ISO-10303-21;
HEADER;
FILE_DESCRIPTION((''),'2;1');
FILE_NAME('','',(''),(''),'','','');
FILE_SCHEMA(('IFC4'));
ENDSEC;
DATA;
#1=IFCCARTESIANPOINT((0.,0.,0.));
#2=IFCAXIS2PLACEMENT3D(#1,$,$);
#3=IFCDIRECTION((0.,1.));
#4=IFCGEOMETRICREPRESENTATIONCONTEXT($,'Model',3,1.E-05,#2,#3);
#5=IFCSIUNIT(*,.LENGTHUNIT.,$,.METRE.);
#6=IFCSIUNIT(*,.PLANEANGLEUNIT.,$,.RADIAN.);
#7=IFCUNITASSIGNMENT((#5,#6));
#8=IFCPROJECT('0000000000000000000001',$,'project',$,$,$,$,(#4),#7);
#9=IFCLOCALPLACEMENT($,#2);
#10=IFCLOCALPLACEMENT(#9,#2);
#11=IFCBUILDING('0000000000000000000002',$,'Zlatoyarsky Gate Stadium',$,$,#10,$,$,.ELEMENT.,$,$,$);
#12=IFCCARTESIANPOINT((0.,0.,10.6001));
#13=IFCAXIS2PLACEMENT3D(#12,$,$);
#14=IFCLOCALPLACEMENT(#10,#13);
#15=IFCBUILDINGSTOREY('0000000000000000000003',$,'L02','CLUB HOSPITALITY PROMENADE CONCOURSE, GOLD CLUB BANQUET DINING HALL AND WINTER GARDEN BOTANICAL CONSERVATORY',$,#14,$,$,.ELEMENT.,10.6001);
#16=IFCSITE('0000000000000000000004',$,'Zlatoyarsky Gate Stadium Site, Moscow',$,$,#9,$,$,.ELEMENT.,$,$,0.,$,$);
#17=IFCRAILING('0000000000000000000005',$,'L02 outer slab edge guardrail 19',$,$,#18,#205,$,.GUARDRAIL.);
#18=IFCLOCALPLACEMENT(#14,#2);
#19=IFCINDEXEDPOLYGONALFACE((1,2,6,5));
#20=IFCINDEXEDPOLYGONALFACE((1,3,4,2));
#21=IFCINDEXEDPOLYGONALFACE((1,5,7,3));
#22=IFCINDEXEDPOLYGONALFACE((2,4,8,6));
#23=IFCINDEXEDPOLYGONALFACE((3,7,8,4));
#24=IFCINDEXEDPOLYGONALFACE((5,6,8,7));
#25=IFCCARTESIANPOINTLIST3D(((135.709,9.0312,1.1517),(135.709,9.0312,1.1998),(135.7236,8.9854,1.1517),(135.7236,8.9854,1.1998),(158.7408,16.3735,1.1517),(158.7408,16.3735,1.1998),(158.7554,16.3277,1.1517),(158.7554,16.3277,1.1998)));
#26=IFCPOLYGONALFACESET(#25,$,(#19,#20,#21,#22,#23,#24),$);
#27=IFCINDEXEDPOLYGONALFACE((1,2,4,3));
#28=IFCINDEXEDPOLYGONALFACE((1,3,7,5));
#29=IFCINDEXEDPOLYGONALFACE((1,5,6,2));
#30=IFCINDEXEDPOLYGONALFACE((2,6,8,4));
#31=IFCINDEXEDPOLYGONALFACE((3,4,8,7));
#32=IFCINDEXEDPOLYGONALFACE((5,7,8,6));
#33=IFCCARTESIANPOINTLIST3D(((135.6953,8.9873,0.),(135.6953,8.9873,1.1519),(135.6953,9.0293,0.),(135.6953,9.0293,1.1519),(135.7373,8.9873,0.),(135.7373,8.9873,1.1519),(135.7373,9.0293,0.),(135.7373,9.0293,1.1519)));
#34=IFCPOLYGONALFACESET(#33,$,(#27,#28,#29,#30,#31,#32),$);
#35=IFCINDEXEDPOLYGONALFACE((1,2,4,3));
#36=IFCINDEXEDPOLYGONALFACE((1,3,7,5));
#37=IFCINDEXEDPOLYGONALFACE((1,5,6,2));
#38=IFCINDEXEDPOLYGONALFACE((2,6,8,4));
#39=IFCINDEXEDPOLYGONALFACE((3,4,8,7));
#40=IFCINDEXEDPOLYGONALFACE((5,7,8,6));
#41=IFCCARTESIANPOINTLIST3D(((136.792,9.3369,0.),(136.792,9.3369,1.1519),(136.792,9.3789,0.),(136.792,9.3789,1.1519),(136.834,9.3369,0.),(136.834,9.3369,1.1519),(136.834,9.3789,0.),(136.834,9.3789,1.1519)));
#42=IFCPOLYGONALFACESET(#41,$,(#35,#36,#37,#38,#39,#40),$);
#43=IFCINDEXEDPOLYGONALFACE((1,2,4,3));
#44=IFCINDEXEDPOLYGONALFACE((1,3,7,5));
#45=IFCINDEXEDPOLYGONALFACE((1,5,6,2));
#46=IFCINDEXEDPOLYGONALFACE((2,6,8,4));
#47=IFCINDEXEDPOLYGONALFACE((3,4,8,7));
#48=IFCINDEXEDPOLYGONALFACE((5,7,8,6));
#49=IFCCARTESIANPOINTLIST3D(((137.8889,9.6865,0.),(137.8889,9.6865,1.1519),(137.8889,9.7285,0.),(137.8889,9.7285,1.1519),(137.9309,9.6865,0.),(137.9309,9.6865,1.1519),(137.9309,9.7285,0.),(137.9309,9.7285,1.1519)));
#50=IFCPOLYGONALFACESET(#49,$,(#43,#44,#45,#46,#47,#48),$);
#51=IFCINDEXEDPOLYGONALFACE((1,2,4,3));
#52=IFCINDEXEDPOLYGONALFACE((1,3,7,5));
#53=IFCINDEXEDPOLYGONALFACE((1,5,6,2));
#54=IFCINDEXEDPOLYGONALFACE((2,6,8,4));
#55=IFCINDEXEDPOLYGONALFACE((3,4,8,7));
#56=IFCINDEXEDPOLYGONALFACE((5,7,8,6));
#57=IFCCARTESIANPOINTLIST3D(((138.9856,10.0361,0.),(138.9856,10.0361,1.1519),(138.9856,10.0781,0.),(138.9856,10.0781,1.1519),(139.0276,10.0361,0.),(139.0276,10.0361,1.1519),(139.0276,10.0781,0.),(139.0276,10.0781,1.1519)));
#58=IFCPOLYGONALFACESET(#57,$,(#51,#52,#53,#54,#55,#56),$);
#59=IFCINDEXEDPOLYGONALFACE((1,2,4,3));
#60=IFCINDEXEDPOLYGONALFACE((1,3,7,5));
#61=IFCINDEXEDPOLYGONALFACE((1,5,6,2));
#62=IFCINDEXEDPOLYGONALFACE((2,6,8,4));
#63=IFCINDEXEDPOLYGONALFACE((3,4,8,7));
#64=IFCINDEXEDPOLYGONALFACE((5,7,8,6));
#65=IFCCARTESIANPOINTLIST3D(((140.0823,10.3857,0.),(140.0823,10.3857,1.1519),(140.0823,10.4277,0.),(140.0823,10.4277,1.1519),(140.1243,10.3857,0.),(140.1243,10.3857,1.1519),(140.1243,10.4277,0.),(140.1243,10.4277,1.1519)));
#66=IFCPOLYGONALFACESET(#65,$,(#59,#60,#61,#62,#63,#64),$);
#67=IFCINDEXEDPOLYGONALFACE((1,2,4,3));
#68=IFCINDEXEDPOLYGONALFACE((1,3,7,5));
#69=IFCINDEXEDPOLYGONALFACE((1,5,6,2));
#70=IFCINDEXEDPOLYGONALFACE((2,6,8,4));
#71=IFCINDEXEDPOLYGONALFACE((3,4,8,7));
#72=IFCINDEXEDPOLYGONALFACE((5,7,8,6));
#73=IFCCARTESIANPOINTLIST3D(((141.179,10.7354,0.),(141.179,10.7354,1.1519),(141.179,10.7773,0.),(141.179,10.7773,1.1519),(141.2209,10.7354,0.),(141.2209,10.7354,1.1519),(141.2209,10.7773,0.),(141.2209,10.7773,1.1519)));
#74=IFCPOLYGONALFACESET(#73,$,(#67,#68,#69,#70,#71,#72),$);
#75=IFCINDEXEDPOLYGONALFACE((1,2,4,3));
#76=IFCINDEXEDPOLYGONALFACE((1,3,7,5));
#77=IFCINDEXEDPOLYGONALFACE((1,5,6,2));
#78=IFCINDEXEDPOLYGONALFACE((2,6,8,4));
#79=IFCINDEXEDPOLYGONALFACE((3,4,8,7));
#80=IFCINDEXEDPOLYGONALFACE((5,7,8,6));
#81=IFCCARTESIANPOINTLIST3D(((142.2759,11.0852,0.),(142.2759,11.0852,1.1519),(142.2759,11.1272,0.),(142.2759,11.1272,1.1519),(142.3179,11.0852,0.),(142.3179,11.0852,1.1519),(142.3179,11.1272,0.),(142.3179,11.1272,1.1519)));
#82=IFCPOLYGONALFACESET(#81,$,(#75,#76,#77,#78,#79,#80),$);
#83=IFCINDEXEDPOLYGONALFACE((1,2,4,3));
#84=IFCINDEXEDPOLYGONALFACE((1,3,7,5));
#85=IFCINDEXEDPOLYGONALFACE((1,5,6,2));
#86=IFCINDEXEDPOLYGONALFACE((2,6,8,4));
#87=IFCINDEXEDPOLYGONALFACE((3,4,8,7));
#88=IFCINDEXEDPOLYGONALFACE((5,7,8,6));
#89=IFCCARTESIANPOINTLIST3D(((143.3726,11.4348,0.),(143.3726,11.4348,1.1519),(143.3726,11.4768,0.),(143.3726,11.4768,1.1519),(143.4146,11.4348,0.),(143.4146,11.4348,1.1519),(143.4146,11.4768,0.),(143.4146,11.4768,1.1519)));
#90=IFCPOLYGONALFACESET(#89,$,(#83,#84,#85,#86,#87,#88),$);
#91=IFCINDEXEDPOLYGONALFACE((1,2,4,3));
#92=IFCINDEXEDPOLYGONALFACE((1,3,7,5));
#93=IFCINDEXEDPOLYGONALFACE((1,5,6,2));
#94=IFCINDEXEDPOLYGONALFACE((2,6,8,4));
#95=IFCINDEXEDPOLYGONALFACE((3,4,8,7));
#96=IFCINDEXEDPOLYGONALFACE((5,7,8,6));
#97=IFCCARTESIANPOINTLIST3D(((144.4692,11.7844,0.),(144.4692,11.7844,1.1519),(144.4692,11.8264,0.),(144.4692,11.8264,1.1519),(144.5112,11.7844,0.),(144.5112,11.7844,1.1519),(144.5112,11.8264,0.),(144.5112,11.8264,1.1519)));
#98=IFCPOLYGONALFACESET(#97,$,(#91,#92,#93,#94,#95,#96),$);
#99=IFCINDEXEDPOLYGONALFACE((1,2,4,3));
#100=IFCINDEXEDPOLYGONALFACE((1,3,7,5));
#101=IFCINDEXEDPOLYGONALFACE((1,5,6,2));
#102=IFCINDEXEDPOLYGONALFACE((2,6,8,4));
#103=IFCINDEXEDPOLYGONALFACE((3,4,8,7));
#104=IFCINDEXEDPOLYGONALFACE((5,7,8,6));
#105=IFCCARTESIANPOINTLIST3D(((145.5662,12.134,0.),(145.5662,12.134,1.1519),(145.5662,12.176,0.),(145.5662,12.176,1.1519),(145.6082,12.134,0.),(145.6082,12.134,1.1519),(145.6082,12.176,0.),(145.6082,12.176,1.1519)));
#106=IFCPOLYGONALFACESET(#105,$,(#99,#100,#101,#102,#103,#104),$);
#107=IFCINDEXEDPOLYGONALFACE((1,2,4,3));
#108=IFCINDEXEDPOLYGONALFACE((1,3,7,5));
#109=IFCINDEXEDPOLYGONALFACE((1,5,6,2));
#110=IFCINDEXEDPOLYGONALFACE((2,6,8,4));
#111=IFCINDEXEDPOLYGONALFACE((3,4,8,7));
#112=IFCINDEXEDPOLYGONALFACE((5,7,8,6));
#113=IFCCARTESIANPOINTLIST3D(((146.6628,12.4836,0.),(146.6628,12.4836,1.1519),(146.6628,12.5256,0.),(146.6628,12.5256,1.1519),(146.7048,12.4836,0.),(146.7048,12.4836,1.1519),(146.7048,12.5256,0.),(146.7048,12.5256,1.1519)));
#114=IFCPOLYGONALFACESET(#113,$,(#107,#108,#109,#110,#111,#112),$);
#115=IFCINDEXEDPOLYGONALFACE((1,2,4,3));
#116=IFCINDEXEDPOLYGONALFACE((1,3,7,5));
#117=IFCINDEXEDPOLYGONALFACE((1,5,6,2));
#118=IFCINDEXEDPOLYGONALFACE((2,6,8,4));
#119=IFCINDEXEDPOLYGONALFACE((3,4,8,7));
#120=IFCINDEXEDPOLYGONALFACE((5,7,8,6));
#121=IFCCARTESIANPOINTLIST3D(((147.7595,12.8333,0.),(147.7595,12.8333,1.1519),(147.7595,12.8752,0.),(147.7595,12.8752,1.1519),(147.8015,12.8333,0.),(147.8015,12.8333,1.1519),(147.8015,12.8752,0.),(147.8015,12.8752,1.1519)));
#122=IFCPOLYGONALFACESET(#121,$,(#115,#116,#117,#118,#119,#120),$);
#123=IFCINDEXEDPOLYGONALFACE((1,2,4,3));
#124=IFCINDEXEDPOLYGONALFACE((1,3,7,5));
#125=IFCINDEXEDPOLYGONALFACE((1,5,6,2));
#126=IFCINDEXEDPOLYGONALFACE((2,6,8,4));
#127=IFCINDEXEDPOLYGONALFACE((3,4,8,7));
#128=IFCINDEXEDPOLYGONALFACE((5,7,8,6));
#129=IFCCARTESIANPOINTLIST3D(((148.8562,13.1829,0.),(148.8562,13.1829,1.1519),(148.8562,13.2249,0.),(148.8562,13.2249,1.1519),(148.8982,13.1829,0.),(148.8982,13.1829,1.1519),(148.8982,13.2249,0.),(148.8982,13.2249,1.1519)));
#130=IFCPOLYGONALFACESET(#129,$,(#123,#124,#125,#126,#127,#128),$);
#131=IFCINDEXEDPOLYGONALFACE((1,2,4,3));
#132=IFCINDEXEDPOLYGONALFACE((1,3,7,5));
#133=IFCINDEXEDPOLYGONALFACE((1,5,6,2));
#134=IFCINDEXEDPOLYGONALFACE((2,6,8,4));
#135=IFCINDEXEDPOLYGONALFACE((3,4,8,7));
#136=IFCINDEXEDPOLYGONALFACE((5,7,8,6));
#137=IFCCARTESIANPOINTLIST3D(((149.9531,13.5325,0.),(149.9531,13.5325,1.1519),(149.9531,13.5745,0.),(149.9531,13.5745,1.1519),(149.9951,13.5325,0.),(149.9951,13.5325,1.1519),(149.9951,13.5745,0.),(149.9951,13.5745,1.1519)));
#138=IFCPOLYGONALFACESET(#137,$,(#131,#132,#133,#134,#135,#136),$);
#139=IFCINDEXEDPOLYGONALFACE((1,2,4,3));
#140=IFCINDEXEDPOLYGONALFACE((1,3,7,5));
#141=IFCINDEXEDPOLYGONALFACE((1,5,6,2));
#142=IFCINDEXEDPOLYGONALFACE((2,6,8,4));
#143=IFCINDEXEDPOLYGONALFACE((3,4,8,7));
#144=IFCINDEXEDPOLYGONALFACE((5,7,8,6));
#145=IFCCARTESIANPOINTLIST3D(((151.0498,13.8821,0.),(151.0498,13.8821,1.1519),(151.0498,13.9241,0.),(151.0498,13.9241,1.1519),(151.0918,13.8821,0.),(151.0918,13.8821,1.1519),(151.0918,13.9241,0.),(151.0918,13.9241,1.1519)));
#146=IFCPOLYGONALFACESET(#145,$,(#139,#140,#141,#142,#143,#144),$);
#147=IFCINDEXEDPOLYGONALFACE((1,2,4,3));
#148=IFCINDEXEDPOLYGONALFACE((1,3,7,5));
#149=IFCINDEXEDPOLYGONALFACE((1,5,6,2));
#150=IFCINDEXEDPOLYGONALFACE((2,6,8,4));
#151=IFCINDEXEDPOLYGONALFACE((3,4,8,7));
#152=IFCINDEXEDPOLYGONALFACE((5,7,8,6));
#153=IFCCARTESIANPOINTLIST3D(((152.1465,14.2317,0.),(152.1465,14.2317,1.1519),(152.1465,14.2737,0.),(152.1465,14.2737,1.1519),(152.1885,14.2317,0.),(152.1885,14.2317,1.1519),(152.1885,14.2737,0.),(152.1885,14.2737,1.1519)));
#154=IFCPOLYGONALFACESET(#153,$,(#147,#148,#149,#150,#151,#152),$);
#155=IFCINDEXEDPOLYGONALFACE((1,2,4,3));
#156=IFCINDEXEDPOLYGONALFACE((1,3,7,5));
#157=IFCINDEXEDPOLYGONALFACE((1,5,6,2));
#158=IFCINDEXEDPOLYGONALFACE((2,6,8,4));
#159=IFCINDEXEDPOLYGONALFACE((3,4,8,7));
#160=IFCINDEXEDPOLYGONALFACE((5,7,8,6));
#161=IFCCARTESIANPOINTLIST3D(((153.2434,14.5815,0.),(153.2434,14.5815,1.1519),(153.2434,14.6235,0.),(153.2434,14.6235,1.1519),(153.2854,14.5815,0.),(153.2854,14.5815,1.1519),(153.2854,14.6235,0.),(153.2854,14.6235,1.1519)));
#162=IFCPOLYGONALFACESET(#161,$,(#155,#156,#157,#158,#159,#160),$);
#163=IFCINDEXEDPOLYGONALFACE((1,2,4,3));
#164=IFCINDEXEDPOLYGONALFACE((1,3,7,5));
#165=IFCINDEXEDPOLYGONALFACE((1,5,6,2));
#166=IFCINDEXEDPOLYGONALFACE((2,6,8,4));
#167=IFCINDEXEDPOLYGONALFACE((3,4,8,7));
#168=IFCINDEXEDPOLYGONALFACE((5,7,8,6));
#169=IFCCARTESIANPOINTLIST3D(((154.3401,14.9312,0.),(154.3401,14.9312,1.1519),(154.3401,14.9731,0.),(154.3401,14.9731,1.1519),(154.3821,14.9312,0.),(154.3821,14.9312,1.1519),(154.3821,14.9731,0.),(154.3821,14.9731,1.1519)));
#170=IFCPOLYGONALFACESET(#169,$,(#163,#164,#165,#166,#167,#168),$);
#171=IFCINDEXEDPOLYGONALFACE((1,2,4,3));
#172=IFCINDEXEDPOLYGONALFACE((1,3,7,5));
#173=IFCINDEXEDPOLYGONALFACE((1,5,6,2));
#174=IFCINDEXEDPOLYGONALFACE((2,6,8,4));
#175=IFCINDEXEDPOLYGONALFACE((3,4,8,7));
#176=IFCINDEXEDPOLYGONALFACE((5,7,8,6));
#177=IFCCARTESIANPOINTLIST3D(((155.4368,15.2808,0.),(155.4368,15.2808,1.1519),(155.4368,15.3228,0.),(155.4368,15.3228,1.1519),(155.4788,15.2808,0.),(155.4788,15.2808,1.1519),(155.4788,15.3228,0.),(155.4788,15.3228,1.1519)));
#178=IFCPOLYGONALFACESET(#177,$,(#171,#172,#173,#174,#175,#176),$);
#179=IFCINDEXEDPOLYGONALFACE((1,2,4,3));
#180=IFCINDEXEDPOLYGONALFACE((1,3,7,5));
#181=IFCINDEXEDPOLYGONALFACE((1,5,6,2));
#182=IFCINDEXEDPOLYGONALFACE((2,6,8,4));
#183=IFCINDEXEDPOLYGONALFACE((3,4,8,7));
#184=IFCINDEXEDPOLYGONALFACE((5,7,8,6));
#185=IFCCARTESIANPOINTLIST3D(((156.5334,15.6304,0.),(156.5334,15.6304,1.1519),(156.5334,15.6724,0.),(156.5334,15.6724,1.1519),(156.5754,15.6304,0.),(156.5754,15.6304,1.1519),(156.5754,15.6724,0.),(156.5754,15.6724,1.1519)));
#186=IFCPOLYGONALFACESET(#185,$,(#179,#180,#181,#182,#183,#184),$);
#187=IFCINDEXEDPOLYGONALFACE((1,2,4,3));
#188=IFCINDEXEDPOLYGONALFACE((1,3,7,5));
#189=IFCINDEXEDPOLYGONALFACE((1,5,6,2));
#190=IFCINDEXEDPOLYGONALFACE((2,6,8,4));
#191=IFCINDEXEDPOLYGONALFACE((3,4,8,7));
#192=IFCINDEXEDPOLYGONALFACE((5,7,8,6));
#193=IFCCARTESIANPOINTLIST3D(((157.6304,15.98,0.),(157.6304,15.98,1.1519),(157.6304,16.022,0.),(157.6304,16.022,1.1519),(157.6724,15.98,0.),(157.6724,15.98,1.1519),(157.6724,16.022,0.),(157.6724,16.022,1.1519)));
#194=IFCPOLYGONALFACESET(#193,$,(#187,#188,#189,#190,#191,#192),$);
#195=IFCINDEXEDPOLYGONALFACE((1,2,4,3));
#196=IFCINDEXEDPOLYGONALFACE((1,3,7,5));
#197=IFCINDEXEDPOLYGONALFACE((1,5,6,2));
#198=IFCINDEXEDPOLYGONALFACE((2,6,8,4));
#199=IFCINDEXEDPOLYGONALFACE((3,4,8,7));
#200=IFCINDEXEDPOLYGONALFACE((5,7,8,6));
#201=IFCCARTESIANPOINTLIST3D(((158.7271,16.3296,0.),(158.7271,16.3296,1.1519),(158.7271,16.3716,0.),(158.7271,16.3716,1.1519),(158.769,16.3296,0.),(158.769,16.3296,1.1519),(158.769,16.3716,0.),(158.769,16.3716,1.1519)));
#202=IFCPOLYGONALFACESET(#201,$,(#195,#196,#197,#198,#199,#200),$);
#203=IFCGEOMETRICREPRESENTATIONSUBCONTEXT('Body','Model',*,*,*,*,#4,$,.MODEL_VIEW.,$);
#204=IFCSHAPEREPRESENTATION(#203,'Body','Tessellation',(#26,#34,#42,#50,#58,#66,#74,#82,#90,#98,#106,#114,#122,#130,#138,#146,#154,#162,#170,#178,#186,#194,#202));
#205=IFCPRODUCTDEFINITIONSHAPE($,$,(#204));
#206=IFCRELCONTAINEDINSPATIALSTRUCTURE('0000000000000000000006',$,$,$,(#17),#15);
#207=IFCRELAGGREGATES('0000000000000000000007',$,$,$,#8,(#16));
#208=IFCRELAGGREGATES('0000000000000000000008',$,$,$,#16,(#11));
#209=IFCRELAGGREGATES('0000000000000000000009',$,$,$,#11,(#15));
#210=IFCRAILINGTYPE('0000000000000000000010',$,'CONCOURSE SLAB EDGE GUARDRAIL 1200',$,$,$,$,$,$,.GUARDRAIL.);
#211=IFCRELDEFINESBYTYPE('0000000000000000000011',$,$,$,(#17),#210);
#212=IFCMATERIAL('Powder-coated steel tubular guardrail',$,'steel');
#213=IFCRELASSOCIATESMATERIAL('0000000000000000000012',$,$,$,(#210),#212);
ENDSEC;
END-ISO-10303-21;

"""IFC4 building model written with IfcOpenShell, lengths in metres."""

from ifc_helpers import new_model, si_unit, direction, frame, origin, origin_2d, place, context, subcontext, project, spatial, rectangle, extrude, material, type_object, element, save


model = new_model("IFC4")

# Units and contexts
model_context = context("Model", 3, precision=1e-05, world=origin(), true_north=direction((0.0, 1.0)))
body_context = subcontext(model_context, "Body", "Model", "MODEL_VIEW")
ifc_project = project(units=[si_unit("LENGTHUNIT", "METRE"), si_unit("PLANEANGLEUNIT", "RADIAN")], contexts=[model_context])

# Site, building, storey
site_placement = place(None, origin())
site = spatial("IfcSite", under=ifc_project, at=site_placement, Name="Zlatoyarsky Gate Stadium Site, Moscow", CompositionType="ELEMENT", RefElevation=0.0)
building_placement = place(site_placement, origin())
building = spatial("IfcBuilding", under=site, at=building_placement, Name="Zlatoyarsky Gate Stadium", CompositionType="ELEMENT")
storey_placement = place(building_placement, frame((0.0, 0.0, 10.6001)))
storey = spatial("IfcBuildingStorey", under=building, at=storey_placement, Name="L02", Description="CLUB HOSPITALITY PROMENADE CONCOURSE, GOLD CLUB BANQUET DINING HALL AND WINTER GARDEN BOTANICAL CONSERVATORY", CompositionType="ELEMENT", Elevation=10.6001)

# Railing
ifc_material_1 = material(Name="Powder-coated steel tubular guardrail", Category="steel")
railing_type = type_object("IfcRailingType", Name="CONCOURSE SLAB EDGE GUARDRAIL 1200", PredefinedType="GUARDRAIL", material=ifc_material_1)
railing_placement = place(storey_placement, frame((135.7163, 9.0083, 0.0)))
element("IfcRailing", 1, at=railing_placement, inside=storey, type_object=railing_type, Name="L02 outer slab edge guardrail 19", PredefinedType="GUARDRAIL", context=body_context, shape_type="SweptSolid", body=[
    extrude(rectangle(XDim=0.0481, YDim=0.0481, at=origin_2d()), frame((0.0, 0.0, 1.1758), z_axis=(0.952758, 0.30373, 0.0), x_axis=(-0.30373, 0.952758, 0.0)), (0.0, 0.0, 1.0), 24.1738),
    extrude(rectangle(XDim=0.042, YDim=0.042, at=origin_2d()), origin(), (0.0, 0.0, 1.0), 1.1519),
    extrude(rectangle(XDim=0.042, YDim=0.042, at=origin_2d()), frame((1.0967, 0.3496, 0.0)), (0.0, 0.0, 1.0), 1.1519),
    extrude(rectangle(XDim=0.042, YDim=0.042, at=origin_2d()), frame((2.1936, 0.6992, 0.0)), (0.0, 0.0, 1.0), 1.1519),
    extrude(rectangle(XDim=0.042, YDim=0.042, at=origin_2d()), frame((3.2903, 1.0488, 0.0)), (0.0, 0.0, 1.0), 1.1519),
    extrude(rectangle(XDim=0.042, YDim=0.042, at=origin_2d()), frame((4.387, 1.3984, 0.0)), (0.0, 0.0, 1.0), 1.1519),
    extrude(rectangle(XDim=0.042, YDim=0.042, at=origin_2d()), frame((5.4836, 1.748, 0.0)), (0.0, 0.0, 1.0), 1.1519),
    extrude(rectangle(XDim=0.042, YDim=0.042, at=origin_2d()), frame((6.5806, 2.0979, 0.0)), (0.0, 0.0, 1.0), 1.1519),
    extrude(rectangle(XDim=0.042, YDim=0.042, at=origin_2d()), frame((7.6772, 2.4475, 0.0)), (0.0, 0.0, 1.0), 1.1519),
    extrude(rectangle(XDim=0.042, YDim=0.042, at=origin_2d()), frame((8.7739, 2.7971, 0.0)), (0.0, 0.0, 1.0), 1.1519),
    extrude(rectangle(XDim=0.042, YDim=0.042, at=origin_2d()), frame((9.8708, 3.1467, 0.0)), (0.0, 0.0, 1.0), 1.1519),
    extrude(rectangle(XDim=0.042, YDim=0.042, at=origin_2d()), frame((10.9675, 3.4963, 0.0)), (0.0, 0.0, 1.0), 1.1519),
    extrude(rectangle(XDim=0.042, YDim=0.042, at=origin_2d()), frame((12.0642, 3.8459, 0.0)), (0.0, 0.0, 1.0), 1.1519),
    extrude(rectangle(XDim=0.042, YDim=0.042, at=origin_2d()), frame((13.1609, 4.1956, 0.0)), (0.0, 0.0, 1.0), 1.1519),
    extrude(rectangle(XDim=0.042, YDim=0.042, at=origin_2d()), frame((14.2578, 4.5452, 0.0)), (0.0, 0.0, 1.0), 1.1519),
    extrude(rectangle(XDim=0.042, YDim=0.042, at=origin_2d()), frame((15.3545, 4.8948, 0.0)), (0.0, 0.0, 1.0), 1.1519),
    extrude(rectangle(XDim=0.042, YDim=0.042, at=origin_2d()), frame((16.4512, 5.2444, 0.0)), (0.0, 0.0, 1.0), 1.1519),
    extrude(rectangle(XDim=0.042, YDim=0.042, at=origin_2d()), frame((17.5481, 5.5942, 0.0)), (0.0, 0.0, 1.0), 1.1519),
    extrude(rectangle(XDim=0.042, YDim=0.042, at=origin_2d()), frame((18.6448, 5.9438, 0.0)), (0.0, 0.0, 1.0), 1.1519),
    extrude(rectangle(XDim=0.042, YDim=0.042, at=origin_2d()), frame((19.7415, 6.2935, 0.0)), (0.0, 0.0, 1.0), 1.1519),
    extrude(rectangle(XDim=0.042, YDim=0.042, at=origin_2d()), frame((20.8381, 6.6431, 0.0)), (0.0, 0.0, 1.0), 1.1519),
    extrude(rectangle(XDim=0.042, YDim=0.042, at=origin_2d()), frame((21.9351, 6.9927, 0.0)), (0.0, 0.0, 1.0), 1.1519),
    extrude(rectangle(XDim=0.042, YDim=0.042, at=origin_2d()), frame((23.0317, 7.3423, 0.0)), (0.0, 0.0, 1.0), 1.1519),
])

save(model, "model.ifc")
